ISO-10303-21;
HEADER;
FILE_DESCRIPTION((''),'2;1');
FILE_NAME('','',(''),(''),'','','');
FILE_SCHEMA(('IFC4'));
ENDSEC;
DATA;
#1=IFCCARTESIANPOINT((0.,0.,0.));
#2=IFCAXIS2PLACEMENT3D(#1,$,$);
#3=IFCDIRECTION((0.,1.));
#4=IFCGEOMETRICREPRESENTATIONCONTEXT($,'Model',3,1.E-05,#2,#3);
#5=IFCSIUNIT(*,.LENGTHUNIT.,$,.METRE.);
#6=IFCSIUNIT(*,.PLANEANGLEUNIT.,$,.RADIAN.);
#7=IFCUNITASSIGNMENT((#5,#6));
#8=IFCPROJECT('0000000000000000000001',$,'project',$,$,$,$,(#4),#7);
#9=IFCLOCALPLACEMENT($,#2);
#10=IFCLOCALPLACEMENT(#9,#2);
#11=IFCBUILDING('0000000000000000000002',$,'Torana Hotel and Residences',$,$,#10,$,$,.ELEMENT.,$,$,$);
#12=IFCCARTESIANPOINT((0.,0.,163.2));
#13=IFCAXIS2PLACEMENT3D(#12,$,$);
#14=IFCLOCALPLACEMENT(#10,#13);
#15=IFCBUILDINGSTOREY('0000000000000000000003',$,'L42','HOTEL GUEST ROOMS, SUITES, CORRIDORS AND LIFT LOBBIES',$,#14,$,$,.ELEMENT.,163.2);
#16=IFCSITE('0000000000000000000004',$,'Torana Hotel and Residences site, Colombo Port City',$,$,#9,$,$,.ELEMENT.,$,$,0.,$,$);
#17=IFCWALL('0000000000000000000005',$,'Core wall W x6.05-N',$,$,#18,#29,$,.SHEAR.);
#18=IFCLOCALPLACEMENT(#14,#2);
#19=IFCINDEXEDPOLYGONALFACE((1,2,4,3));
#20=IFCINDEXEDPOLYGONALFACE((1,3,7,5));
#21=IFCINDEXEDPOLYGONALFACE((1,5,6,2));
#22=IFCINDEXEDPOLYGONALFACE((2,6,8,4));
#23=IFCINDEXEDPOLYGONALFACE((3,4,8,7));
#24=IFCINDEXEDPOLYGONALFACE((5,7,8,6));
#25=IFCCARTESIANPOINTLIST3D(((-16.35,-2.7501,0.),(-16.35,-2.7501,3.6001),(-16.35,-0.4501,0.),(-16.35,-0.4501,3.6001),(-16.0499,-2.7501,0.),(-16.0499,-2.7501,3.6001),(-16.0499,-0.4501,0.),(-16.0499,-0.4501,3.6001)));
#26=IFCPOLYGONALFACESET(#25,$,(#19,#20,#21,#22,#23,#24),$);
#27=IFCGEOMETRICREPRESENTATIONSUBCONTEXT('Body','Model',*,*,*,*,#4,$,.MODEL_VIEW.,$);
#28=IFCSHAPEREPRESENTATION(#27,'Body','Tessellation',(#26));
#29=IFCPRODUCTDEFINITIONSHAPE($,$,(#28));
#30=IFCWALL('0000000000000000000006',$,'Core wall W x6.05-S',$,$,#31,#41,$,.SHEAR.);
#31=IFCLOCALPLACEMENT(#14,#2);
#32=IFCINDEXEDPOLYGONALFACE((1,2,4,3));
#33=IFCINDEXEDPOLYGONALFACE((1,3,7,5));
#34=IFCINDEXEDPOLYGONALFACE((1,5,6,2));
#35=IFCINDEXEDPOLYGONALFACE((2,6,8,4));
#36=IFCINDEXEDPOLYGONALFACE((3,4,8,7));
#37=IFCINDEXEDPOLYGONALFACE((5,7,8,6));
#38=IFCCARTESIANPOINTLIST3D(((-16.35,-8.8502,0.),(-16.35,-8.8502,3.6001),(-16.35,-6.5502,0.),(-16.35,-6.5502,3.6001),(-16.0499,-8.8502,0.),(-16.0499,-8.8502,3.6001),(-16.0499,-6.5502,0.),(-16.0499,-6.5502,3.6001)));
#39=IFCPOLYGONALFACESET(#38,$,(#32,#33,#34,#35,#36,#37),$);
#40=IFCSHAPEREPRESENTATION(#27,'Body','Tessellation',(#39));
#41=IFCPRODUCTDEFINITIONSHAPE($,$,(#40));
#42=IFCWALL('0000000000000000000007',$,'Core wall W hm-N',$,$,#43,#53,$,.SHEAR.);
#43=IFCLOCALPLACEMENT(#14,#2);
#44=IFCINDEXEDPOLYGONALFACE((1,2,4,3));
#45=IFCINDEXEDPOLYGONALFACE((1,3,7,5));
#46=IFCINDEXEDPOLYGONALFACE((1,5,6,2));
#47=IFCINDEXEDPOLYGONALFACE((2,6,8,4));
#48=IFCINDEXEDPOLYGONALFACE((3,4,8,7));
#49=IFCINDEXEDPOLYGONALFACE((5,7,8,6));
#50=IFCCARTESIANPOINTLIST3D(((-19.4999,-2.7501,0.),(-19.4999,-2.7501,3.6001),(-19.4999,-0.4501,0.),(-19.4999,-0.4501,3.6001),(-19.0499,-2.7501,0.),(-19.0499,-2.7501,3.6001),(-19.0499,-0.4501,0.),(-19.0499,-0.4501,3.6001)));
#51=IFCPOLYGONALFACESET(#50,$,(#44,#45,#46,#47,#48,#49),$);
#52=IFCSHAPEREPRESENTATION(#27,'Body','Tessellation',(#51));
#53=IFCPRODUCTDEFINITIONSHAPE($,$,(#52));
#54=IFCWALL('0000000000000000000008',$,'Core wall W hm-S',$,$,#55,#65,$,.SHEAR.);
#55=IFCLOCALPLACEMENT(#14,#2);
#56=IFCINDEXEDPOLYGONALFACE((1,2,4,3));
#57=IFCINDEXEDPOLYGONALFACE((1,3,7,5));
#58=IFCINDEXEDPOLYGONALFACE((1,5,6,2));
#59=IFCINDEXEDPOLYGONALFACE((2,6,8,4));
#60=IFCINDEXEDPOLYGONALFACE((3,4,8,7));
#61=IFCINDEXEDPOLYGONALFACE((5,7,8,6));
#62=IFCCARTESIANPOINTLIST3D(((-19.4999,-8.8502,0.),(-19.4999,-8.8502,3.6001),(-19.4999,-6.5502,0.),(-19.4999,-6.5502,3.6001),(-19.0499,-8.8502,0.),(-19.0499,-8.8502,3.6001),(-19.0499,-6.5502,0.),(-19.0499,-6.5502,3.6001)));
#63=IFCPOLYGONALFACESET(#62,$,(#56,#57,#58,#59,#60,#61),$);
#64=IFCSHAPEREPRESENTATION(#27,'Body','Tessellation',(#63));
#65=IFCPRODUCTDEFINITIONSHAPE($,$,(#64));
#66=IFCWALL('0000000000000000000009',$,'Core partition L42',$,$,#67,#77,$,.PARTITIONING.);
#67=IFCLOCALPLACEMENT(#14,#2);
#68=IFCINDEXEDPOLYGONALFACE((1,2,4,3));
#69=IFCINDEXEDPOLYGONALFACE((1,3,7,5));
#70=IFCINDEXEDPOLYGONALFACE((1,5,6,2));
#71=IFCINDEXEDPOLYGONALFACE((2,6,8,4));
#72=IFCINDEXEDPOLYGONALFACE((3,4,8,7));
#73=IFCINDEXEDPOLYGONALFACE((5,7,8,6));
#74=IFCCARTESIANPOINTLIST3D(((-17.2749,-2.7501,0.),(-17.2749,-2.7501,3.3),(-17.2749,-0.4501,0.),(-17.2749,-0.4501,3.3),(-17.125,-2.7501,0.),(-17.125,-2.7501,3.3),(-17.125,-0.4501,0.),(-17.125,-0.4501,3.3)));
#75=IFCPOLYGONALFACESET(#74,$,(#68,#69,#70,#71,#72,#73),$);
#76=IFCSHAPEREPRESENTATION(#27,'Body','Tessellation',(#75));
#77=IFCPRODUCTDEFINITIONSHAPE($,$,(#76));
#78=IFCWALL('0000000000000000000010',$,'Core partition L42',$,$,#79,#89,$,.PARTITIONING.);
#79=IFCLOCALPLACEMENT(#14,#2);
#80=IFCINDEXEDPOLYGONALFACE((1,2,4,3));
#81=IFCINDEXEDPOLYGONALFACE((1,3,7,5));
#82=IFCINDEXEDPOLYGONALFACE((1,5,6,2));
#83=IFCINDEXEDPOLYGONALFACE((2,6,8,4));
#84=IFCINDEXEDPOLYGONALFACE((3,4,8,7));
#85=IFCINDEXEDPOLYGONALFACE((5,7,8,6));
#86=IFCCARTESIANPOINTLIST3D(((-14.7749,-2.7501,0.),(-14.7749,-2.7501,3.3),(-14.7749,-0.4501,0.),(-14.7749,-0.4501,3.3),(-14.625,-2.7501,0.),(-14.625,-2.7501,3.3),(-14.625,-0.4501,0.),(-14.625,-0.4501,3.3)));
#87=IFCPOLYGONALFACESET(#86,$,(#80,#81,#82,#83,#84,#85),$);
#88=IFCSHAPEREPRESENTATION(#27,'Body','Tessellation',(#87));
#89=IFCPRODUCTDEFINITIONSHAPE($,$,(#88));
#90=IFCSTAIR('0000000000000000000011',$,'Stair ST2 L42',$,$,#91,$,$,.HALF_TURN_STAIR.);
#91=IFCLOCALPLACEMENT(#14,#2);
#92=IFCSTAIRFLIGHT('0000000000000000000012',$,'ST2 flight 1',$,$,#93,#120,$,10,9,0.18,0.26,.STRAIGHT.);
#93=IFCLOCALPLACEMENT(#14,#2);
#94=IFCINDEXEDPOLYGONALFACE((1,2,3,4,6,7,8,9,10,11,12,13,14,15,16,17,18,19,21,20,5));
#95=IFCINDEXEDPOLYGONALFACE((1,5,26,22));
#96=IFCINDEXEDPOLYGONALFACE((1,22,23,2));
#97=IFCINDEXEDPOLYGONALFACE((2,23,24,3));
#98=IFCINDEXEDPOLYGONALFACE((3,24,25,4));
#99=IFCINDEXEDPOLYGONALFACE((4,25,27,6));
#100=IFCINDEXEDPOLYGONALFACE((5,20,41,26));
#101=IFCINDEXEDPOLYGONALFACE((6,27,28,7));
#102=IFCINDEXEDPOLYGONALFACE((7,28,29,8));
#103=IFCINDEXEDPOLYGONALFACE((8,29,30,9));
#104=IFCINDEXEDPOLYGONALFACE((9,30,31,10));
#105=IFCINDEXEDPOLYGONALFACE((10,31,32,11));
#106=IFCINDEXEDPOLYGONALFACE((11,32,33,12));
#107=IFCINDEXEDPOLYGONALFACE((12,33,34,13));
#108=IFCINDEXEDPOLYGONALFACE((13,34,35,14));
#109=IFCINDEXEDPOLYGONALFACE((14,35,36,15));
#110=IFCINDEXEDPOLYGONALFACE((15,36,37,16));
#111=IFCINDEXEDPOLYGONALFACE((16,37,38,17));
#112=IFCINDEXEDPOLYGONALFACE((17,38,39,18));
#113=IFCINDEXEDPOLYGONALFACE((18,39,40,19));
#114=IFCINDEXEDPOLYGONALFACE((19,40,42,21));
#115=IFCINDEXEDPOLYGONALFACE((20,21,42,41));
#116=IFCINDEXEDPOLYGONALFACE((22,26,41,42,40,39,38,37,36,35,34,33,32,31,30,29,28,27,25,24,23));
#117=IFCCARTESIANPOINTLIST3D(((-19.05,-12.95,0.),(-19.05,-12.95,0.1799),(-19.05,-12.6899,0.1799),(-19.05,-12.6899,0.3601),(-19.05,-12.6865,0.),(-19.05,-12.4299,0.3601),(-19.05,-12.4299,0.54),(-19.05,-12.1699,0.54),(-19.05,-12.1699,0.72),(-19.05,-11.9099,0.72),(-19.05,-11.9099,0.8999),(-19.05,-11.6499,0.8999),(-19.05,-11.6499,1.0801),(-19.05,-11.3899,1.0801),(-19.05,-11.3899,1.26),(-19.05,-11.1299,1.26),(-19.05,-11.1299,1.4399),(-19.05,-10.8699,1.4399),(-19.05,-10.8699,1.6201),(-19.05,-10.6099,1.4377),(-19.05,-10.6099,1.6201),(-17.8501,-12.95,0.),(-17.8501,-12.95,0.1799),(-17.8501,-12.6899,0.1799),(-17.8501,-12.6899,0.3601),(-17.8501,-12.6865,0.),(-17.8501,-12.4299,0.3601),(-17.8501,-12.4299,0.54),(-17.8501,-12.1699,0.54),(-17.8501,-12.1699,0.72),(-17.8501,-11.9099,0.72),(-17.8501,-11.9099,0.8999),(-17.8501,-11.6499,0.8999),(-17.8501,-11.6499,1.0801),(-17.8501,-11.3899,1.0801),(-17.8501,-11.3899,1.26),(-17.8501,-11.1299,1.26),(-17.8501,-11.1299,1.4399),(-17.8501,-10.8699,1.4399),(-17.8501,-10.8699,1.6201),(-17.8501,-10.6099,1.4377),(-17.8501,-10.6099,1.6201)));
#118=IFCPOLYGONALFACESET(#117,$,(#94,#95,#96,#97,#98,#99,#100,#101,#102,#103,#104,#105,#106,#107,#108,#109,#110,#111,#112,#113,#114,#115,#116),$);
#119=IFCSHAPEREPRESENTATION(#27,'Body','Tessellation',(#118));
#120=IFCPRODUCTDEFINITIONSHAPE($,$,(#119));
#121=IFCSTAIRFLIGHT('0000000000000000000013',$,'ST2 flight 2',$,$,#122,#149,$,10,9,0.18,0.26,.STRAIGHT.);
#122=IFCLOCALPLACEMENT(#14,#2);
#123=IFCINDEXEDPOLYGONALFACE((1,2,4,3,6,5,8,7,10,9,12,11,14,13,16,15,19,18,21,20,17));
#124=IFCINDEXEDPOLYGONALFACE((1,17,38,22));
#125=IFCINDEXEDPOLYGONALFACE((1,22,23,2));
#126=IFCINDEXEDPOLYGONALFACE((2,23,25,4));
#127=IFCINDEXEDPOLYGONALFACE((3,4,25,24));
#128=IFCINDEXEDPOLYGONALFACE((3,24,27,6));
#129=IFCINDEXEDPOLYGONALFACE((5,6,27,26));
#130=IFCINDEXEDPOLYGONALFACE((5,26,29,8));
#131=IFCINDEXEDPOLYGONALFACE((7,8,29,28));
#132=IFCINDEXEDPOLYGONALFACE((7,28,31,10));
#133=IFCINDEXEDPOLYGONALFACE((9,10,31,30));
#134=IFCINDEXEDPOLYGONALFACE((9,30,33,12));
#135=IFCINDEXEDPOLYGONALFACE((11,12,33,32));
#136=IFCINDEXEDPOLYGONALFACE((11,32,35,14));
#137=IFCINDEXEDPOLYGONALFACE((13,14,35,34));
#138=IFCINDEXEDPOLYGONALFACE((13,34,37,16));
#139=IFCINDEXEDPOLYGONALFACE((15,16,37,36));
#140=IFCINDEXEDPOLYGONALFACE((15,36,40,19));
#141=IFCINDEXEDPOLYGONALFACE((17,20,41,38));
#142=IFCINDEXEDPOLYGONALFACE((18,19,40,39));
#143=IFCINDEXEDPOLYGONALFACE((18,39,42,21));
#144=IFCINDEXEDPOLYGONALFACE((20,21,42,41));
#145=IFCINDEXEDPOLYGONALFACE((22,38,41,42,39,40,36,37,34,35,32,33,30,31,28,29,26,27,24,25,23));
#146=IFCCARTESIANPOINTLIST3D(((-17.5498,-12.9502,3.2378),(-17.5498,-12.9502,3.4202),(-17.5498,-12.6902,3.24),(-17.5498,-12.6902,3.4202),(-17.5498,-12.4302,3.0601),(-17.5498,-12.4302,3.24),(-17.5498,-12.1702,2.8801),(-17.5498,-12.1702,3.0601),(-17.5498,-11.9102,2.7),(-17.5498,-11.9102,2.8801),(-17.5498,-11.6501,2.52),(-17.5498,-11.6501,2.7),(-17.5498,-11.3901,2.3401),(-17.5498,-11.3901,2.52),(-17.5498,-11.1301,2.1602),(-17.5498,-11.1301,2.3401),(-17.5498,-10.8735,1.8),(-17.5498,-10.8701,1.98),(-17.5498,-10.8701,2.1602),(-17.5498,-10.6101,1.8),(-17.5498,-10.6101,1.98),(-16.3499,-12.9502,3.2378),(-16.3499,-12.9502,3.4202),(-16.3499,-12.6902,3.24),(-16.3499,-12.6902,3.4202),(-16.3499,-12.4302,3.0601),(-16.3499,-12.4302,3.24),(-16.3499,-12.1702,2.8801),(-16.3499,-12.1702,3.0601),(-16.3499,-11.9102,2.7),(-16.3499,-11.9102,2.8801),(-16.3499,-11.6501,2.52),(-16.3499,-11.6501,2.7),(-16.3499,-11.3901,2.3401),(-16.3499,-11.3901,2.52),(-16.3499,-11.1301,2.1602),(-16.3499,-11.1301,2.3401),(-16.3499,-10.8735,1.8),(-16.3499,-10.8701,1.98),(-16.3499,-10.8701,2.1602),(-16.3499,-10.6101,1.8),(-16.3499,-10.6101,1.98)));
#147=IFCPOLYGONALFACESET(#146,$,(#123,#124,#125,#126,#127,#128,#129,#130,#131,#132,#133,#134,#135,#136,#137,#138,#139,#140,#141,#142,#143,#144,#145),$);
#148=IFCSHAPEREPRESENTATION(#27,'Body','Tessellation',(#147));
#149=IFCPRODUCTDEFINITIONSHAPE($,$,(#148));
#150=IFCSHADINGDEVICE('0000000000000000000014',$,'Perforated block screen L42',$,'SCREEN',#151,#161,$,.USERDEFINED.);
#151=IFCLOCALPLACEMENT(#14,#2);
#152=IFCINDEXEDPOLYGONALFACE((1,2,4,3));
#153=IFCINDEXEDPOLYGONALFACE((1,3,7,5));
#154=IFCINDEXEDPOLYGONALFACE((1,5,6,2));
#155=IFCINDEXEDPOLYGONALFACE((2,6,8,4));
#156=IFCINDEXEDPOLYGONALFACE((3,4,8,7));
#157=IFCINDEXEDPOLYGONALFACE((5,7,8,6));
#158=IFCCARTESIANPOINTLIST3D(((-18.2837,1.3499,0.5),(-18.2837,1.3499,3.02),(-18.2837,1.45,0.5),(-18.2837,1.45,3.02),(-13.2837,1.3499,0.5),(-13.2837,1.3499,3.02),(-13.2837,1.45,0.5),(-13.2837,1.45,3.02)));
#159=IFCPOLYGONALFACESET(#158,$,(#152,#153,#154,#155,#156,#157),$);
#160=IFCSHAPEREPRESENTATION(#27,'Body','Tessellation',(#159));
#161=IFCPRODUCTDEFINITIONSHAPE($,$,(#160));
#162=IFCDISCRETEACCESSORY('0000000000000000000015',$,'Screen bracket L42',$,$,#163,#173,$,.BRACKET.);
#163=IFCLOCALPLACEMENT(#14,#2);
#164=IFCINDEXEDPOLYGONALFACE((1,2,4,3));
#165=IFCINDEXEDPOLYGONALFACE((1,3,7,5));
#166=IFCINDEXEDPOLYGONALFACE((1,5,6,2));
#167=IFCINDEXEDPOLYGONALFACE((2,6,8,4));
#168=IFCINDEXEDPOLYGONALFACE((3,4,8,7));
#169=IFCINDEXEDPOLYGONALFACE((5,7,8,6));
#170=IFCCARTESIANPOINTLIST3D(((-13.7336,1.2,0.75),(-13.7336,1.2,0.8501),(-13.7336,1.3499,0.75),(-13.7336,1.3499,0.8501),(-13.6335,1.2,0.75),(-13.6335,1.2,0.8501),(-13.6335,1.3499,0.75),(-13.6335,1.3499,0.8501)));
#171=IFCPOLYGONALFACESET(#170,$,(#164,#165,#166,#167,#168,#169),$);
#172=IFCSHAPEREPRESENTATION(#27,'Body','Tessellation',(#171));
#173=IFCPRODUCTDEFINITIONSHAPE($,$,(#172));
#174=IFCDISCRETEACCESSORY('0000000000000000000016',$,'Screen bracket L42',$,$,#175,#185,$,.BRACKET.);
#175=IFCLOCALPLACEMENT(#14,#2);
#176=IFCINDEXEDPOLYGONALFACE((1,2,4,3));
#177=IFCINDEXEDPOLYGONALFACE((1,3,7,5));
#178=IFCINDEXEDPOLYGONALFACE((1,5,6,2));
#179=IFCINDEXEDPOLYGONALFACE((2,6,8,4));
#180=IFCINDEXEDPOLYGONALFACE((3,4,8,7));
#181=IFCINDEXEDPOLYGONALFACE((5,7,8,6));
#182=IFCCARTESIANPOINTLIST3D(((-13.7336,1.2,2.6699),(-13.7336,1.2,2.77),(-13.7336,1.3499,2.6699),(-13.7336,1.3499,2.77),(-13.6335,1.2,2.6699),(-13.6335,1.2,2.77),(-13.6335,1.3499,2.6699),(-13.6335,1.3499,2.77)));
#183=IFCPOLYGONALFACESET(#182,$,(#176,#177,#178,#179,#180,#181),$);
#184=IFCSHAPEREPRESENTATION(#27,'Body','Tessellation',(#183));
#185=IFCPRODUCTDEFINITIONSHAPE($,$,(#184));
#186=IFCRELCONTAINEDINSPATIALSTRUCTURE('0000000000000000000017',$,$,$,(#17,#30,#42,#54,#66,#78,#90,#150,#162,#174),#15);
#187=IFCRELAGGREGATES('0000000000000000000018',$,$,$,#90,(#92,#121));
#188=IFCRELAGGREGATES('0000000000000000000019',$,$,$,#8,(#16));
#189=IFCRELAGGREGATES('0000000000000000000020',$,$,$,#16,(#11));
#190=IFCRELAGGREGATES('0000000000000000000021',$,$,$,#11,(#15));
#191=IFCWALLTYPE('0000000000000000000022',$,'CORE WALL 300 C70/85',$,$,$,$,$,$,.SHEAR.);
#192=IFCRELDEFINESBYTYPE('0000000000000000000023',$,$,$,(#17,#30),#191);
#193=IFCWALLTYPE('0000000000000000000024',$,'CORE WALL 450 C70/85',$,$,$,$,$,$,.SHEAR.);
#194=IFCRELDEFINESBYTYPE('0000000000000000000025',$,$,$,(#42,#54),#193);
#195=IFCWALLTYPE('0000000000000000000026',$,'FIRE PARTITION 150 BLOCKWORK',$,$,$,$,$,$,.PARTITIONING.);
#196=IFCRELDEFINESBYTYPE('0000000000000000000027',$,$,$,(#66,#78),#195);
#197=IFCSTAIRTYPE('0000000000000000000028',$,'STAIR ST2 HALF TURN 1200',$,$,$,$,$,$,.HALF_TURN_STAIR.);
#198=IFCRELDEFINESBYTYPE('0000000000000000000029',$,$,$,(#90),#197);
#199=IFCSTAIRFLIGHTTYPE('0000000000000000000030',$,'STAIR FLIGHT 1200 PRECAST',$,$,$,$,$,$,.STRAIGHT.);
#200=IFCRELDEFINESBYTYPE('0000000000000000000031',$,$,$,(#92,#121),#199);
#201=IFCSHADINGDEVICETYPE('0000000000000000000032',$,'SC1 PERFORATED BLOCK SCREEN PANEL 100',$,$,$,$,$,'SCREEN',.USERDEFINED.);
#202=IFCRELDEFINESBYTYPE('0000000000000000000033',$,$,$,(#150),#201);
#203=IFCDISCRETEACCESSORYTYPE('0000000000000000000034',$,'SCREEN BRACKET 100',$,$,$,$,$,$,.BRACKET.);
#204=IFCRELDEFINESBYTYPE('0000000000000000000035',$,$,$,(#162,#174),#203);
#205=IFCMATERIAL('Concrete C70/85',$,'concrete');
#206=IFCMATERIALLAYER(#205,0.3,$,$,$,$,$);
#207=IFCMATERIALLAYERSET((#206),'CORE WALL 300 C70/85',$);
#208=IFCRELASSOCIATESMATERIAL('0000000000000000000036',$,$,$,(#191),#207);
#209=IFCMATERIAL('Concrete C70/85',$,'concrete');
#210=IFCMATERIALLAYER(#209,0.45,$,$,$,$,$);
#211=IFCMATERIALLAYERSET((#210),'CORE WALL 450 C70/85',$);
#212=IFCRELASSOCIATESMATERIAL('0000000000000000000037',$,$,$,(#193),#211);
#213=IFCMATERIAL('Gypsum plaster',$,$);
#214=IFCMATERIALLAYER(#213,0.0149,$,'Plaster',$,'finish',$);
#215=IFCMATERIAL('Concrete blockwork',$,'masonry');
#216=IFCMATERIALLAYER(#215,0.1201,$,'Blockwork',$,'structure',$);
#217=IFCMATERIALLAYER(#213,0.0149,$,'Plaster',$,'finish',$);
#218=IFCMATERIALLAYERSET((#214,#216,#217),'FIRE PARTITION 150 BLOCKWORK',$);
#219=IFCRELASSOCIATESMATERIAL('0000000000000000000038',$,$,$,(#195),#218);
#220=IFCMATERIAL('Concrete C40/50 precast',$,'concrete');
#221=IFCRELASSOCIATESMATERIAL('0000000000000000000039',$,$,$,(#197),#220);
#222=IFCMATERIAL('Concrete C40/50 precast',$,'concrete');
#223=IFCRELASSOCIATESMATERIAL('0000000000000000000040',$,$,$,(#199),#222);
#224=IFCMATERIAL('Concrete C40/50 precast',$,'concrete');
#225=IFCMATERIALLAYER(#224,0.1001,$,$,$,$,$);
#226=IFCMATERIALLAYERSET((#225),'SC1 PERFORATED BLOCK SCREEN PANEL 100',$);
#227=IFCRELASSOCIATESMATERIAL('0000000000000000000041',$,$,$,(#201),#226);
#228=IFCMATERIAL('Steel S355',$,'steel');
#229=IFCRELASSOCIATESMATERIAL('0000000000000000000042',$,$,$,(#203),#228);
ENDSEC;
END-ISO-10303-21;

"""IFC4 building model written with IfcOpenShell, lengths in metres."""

from ifc_helpers import new_model, si_unit, direction, frame, frame_2d, origin, origin_2d, place, context, subcontext, project, spatial, polyline, rectangle, outline, extrude, material, layer, layer_set, type_object, element, aggregate, save


model = new_model("IFC4")

# Units and contexts
model_context = context("Model", 3, precision=1e-05, world=origin(), true_north=direction((0.0, 1.0)))
body_context = subcontext(model_context, "Body", "Model", "MODEL_VIEW")
ifc_project = project(units=[si_unit("LENGTHUNIT", "METRE"), si_unit("PLANEANGLEUNIT", "RADIAN")], contexts=[model_context])

# Site, building, storey
site_placement = place(None, origin())
site = spatial("IfcSite", under=ifc_project, at=site_placement, Name="Torana Hotel and Residences site, Colombo Port City", CompositionType="ELEMENT", RefElevation=0.0)
building_placement = place(site_placement, origin())
building = spatial("IfcBuilding", under=site, at=building_placement, Name="Torana Hotel and Residences", CompositionType="ELEMENT")
storey_placement = place(building_placement, frame((0.0, 0.0, 163.2)))
storey = spatial("IfcBuildingStorey", under=building, at=storey_placement, Name="L42", Description="HOTEL GUEST ROOMS, SUITES, CORRIDORS AND LIFT LOBBIES", CompositionType="ELEMENT", Elevation=163.2)

# Walls
ifc_material_1 = material(Name="Concrete C70/85", Category="concrete")
ifc_layer_1 = layer(ifc_material_1, 0.3)
ifc_layer_set_1 = layer_set([ifc_layer_1], Name="CORE WALL 300 C70/85")
wall_type_1 = type_object("IfcWallType", Name="CORE WALL 300 C70/85", PredefinedType="SHEAR", material=ifc_layer_set_1)
for number, where, z_axis, x_axis, name in (
    (1, (-16.2, -2.75, 0.0), (0.0, 0.0, 1.0), (0.0, 1.0, 0.0), "Core wall W x6.05-N"),
    (2, (-16.2, -8.8501, 0.0), (0.0, 0.0, 1.0), (0.0, 1.0, 0.0), "Core wall W x6.05-S"),
):
    element("IfcWall", number, at=place(storey_placement, frame(where, z_axis=z_axis, x_axis=x_axis)), inside=storey, type_object=wall_type_1, Name=name, PredefinedType="SHEAR", context=body_context, shape_type="SweptSolid", body=[
        extrude(rectangle(XDim=2.3, YDim=0.3, at=frame_2d((1.1499, 0.0))), origin(), (0.0, 0.0, 1.0), 3.6001),
    ])
ifc_material_2 = material(Name="Concrete C70/85", Category="concrete")
ifc_layer_2 = layer(ifc_material_2, 0.45)
ifc_layer_set_2 = layer_set([ifc_layer_2], Name="CORE WALL 450 C70/85")
wall_type_2 = type_object("IfcWallType", Name="CORE WALL 450 C70/85", PredefinedType="SHEAR", material=ifc_layer_set_2)
for number, where, z_axis, x_axis, name in (
    (3, (-19.2749, -2.75, 0.0), (0.0, 0.0, 1.0), (0.0, 1.0, 0.0), "Core wall W hm-N"),
    (4, (-19.2749, -8.8501, 0.0), (0.0, 0.0, 1.0), (0.0, 1.0, 0.0), "Core wall W hm-S"),
):
    element("IfcWall", number, at=place(storey_placement, frame(where, z_axis=z_axis, x_axis=x_axis)), inside=storey, type_object=wall_type_2, Name=name, PredefinedType="SHEAR", context=body_context, shape_type="SweptSolid", body=[
        extrude(rectangle(XDim=2.3, YDim=0.45, at=frame_2d((1.1499, 0.0))), origin(), (0.0, 0.0, 1.0), 3.6001),
    ])
ifc_material_3 = material(Name="Gypsum plaster")
ifc_layer_3 = layer(ifc_material_3, 0.0149, Name="Plaster", Category="finish")
ifc_material_4 = material(Name="Concrete blockwork", Category="masonry")
ifc_layer_4 = layer(ifc_material_4, 0.1201, Name="Blockwork", Category="structure")
ifc_layer_5 = layer(ifc_material_3, 0.0149, Name="Plaster", Category="finish")
ifc_layer_set_3 = layer_set([ifc_layer_3, ifc_layer_4, ifc_layer_5], Name="FIRE PARTITION 150 BLOCKWORK")
wall_type_3 = type_object("IfcWallType", Name="FIRE PARTITION 150 BLOCKWORK", PredefinedType="PARTITIONING", material=ifc_layer_set_3)
for number, where, z_axis, x_axis, name in (
    (5, (-17.2, -2.75, 0.0), (0.0, 0.0, 1.0), (0.0, 1.0, 0.0), "Core partition L42"),
    (6, (-14.7, -2.75, 0.0), (0.0, 0.0, 1.0), (0.0, 1.0, 0.0), "Core partition L42"),
):
    element("IfcWall", number, at=place(storey_placement, frame(where, z_axis=z_axis, x_axis=x_axis)), inside=storey, type_object=wall_type_3, Name=name, PredefinedType="PARTITIONING", context=body_context, shape_type="SweptSolid", body=[
        extrude(rectangle(XDim=2.3, YDim=0.1499, at=frame_2d((1.1499, 0.0))), origin(), (0.0, 0.0, 1.0), 3.3),
    ])

# Stair, stair flights
ifc_material_5 = material(Name="Concrete C40/50 precast", Category="concrete")
stair_type = type_object("IfcStairType", Name="STAIR ST2 HALF TURN 1200", PredefinedType="HALF_TURN_STAIR", material=ifc_material_5)
stair_placement = place(storey_placement, origin())
stair = element("IfcStair", 7, at=stair_placement, inside=storey, type_object=stair_type, Name="Stair ST2 L42", PredefinedType="HALF_TURN_STAIR")
ifc_material_6 = material(Name="Concrete C40/50 precast", Category="concrete")
stair_flight_type = type_object("IfcStairFlightType", Name="STAIR FLIGHT 1200 PRECAST", PredefinedType="STRAIGHT", material=ifc_material_6)
stair_flight_1_placement = place(storey_placement, frame((-18.45, -12.95, 0.0), z_axis=(0.0, 0.0, 1.0), x_axis=(0.0, 1.0, 0.0)))
stair_flight_1 = element("IfcStairFlight", 8, at=stair_flight_1_placement, type_object=stair_flight_type, Name="ST2 flight 1", NumberOfRisers=10, NumberOfTreads=9, PredefinedType="STRAIGHT", RiserHeight=0.18, TreadLength=0.26, context=body_context, shape_type="SweptSolid", body=[
    extrude(outline(polyline([(0.0, 0.0), (0.0, 0.1799), (0.26, 0.1799), (0.26, 0.3601), (0.52, 0.3601), (0.52, 0.54), (0.78, 0.54), (0.78, 0.72), (1.04, 0.72), (1.04, 0.8999), (1.3, 0.8999), (1.3, 1.0801), (1.5601, 1.0801), (1.5601, 1.26), (1.8201, 1.26), (1.8201, 1.4399), (2.0801, 1.4399), (2.0801, 1.6201), (2.3401, 1.6201), (2.3401, 1.8), (2.3401, 1.4377), (0.2634, 0.0), (0.0, 0.0)])), frame((0.0, 0.6001, 0.0), z_axis=(0.0, -1.0, 0.0), x_axis=(1.0, 0.0, 0.0)), (0.0, 0.0, 1.0), 1.2),
])
stair_flight_2_placement = place(storey_placement, frame((-16.95, -10.6101, 1.8), z_axis=(0.0, 0.0, 1.0), x_axis=(0.0, -1.0, 0.0)))
stair_flight_2 = element("IfcStairFlight", 9, at=stair_flight_2_placement, type_object=stair_flight_type, Name="ST2 flight 2", NumberOfRisers=10, NumberOfTreads=9, PredefinedType="STRAIGHT", RiserHeight=0.18, TreadLength=0.26, context=body_context, shape_type="SweptSolid", body=[
    extrude(outline(polyline([(0.0, 0.0), (0.0, 0.1799), (0.26, 0.1799), (0.26, 0.3601), (0.52, 0.3601), (0.52, 0.54), (0.78, 0.54), (0.78, 0.72), (1.04, 0.72), (1.04, 0.8999), (1.3, 0.8999), (1.3, 1.0801), (1.5601, 1.0801), (1.5601, 1.26), (1.8201, 1.26), (1.8201, 1.4399), (2.0801, 1.4399), (2.0801, 1.6201), (2.3401, 1.6201), (2.3401, 1.8), (2.3401, 1.4377), (0.2634, 0.0), (0.0, 0.0)])), frame((0.0, 0.6001, 0.0), z_axis=(0.0, -1.0, 0.0), x_axis=(1.0, 0.0, 0.0)), (0.0, 0.0, 1.0), 1.2),
])
aggregate(stair, [stair_flight_1, stair_flight_2])

# Shading device
ifc_material_7 = material(Name="Concrete C40/50 precast", Category="concrete")
ifc_layer_6 = layer(ifc_material_7, 0.1001)
ifc_layer_set_4 = layer_set([ifc_layer_6], Name="SC1 PERFORATED BLOCK SCREEN PANEL 100")
shading_device_type = type_object("IfcShadingDeviceType", Name="SC1 PERFORATED BLOCK SCREEN PANEL 100", ElementType="SCREEN", PredefinedType="USERDEFINED", material=ifc_layer_set_4)
shading_device_placement = place(storey_placement, frame((-15.7837, 1.3999, 0.5), z_axis=(0.0, 0.0, 1.0), x_axis=(-1.0, 0.0, 0.0)))
element("IfcShadingDevice", 10, at=shading_device_placement, inside=storey, type_object=shading_device_type, Name="Perforated block screen L42", ObjectType="SCREEN", PredefinedType="USERDEFINED", context=body_context, shape_type="SweptSolid", body=[
    extrude(rectangle(XDim=5.0, YDim=0.1001, at=origin_2d()), origin(), (0.0, 0.0, 1.0), 2.52),
])

# Discrete accessories
ifc_material_8 = material(Name="Steel S355", Category="steel")
discrete_accessory_type = type_object("IfcDiscreteAccessoryType", Name="SCREEN BRACKET 100", PredefinedType="BRACKET", material=ifc_material_8)
for number, where, z_axis, x_axis, name in (
    (11, (-13.6836, 1.2749, 0.75), (0.0, 0.0, 1.0), (-1.0, 0.0, 0.0), "Screen bracket L42"),
    (12, (-13.6836, 1.2749, 2.6699), (0.0, 0.0, 1.0), (-1.0, 0.0, 0.0), "Screen bracket L42"),
):
    element("IfcDiscreteAccessory", number, at=place(storey_placement, frame(where, z_axis=z_axis, x_axis=x_axis)), inside=storey, type_object=discrete_accessory_type, Name=name, PredefinedType="BRACKET", context=body_context, shape_type="SweptSolid", body=[
        extrude(rectangle(XDim=0.1001, YDim=0.1499, at=origin_2d()), origin(), (0.0, 0.0, 1.0), 0.1001),
    ])

save(model, "model.ifc")
